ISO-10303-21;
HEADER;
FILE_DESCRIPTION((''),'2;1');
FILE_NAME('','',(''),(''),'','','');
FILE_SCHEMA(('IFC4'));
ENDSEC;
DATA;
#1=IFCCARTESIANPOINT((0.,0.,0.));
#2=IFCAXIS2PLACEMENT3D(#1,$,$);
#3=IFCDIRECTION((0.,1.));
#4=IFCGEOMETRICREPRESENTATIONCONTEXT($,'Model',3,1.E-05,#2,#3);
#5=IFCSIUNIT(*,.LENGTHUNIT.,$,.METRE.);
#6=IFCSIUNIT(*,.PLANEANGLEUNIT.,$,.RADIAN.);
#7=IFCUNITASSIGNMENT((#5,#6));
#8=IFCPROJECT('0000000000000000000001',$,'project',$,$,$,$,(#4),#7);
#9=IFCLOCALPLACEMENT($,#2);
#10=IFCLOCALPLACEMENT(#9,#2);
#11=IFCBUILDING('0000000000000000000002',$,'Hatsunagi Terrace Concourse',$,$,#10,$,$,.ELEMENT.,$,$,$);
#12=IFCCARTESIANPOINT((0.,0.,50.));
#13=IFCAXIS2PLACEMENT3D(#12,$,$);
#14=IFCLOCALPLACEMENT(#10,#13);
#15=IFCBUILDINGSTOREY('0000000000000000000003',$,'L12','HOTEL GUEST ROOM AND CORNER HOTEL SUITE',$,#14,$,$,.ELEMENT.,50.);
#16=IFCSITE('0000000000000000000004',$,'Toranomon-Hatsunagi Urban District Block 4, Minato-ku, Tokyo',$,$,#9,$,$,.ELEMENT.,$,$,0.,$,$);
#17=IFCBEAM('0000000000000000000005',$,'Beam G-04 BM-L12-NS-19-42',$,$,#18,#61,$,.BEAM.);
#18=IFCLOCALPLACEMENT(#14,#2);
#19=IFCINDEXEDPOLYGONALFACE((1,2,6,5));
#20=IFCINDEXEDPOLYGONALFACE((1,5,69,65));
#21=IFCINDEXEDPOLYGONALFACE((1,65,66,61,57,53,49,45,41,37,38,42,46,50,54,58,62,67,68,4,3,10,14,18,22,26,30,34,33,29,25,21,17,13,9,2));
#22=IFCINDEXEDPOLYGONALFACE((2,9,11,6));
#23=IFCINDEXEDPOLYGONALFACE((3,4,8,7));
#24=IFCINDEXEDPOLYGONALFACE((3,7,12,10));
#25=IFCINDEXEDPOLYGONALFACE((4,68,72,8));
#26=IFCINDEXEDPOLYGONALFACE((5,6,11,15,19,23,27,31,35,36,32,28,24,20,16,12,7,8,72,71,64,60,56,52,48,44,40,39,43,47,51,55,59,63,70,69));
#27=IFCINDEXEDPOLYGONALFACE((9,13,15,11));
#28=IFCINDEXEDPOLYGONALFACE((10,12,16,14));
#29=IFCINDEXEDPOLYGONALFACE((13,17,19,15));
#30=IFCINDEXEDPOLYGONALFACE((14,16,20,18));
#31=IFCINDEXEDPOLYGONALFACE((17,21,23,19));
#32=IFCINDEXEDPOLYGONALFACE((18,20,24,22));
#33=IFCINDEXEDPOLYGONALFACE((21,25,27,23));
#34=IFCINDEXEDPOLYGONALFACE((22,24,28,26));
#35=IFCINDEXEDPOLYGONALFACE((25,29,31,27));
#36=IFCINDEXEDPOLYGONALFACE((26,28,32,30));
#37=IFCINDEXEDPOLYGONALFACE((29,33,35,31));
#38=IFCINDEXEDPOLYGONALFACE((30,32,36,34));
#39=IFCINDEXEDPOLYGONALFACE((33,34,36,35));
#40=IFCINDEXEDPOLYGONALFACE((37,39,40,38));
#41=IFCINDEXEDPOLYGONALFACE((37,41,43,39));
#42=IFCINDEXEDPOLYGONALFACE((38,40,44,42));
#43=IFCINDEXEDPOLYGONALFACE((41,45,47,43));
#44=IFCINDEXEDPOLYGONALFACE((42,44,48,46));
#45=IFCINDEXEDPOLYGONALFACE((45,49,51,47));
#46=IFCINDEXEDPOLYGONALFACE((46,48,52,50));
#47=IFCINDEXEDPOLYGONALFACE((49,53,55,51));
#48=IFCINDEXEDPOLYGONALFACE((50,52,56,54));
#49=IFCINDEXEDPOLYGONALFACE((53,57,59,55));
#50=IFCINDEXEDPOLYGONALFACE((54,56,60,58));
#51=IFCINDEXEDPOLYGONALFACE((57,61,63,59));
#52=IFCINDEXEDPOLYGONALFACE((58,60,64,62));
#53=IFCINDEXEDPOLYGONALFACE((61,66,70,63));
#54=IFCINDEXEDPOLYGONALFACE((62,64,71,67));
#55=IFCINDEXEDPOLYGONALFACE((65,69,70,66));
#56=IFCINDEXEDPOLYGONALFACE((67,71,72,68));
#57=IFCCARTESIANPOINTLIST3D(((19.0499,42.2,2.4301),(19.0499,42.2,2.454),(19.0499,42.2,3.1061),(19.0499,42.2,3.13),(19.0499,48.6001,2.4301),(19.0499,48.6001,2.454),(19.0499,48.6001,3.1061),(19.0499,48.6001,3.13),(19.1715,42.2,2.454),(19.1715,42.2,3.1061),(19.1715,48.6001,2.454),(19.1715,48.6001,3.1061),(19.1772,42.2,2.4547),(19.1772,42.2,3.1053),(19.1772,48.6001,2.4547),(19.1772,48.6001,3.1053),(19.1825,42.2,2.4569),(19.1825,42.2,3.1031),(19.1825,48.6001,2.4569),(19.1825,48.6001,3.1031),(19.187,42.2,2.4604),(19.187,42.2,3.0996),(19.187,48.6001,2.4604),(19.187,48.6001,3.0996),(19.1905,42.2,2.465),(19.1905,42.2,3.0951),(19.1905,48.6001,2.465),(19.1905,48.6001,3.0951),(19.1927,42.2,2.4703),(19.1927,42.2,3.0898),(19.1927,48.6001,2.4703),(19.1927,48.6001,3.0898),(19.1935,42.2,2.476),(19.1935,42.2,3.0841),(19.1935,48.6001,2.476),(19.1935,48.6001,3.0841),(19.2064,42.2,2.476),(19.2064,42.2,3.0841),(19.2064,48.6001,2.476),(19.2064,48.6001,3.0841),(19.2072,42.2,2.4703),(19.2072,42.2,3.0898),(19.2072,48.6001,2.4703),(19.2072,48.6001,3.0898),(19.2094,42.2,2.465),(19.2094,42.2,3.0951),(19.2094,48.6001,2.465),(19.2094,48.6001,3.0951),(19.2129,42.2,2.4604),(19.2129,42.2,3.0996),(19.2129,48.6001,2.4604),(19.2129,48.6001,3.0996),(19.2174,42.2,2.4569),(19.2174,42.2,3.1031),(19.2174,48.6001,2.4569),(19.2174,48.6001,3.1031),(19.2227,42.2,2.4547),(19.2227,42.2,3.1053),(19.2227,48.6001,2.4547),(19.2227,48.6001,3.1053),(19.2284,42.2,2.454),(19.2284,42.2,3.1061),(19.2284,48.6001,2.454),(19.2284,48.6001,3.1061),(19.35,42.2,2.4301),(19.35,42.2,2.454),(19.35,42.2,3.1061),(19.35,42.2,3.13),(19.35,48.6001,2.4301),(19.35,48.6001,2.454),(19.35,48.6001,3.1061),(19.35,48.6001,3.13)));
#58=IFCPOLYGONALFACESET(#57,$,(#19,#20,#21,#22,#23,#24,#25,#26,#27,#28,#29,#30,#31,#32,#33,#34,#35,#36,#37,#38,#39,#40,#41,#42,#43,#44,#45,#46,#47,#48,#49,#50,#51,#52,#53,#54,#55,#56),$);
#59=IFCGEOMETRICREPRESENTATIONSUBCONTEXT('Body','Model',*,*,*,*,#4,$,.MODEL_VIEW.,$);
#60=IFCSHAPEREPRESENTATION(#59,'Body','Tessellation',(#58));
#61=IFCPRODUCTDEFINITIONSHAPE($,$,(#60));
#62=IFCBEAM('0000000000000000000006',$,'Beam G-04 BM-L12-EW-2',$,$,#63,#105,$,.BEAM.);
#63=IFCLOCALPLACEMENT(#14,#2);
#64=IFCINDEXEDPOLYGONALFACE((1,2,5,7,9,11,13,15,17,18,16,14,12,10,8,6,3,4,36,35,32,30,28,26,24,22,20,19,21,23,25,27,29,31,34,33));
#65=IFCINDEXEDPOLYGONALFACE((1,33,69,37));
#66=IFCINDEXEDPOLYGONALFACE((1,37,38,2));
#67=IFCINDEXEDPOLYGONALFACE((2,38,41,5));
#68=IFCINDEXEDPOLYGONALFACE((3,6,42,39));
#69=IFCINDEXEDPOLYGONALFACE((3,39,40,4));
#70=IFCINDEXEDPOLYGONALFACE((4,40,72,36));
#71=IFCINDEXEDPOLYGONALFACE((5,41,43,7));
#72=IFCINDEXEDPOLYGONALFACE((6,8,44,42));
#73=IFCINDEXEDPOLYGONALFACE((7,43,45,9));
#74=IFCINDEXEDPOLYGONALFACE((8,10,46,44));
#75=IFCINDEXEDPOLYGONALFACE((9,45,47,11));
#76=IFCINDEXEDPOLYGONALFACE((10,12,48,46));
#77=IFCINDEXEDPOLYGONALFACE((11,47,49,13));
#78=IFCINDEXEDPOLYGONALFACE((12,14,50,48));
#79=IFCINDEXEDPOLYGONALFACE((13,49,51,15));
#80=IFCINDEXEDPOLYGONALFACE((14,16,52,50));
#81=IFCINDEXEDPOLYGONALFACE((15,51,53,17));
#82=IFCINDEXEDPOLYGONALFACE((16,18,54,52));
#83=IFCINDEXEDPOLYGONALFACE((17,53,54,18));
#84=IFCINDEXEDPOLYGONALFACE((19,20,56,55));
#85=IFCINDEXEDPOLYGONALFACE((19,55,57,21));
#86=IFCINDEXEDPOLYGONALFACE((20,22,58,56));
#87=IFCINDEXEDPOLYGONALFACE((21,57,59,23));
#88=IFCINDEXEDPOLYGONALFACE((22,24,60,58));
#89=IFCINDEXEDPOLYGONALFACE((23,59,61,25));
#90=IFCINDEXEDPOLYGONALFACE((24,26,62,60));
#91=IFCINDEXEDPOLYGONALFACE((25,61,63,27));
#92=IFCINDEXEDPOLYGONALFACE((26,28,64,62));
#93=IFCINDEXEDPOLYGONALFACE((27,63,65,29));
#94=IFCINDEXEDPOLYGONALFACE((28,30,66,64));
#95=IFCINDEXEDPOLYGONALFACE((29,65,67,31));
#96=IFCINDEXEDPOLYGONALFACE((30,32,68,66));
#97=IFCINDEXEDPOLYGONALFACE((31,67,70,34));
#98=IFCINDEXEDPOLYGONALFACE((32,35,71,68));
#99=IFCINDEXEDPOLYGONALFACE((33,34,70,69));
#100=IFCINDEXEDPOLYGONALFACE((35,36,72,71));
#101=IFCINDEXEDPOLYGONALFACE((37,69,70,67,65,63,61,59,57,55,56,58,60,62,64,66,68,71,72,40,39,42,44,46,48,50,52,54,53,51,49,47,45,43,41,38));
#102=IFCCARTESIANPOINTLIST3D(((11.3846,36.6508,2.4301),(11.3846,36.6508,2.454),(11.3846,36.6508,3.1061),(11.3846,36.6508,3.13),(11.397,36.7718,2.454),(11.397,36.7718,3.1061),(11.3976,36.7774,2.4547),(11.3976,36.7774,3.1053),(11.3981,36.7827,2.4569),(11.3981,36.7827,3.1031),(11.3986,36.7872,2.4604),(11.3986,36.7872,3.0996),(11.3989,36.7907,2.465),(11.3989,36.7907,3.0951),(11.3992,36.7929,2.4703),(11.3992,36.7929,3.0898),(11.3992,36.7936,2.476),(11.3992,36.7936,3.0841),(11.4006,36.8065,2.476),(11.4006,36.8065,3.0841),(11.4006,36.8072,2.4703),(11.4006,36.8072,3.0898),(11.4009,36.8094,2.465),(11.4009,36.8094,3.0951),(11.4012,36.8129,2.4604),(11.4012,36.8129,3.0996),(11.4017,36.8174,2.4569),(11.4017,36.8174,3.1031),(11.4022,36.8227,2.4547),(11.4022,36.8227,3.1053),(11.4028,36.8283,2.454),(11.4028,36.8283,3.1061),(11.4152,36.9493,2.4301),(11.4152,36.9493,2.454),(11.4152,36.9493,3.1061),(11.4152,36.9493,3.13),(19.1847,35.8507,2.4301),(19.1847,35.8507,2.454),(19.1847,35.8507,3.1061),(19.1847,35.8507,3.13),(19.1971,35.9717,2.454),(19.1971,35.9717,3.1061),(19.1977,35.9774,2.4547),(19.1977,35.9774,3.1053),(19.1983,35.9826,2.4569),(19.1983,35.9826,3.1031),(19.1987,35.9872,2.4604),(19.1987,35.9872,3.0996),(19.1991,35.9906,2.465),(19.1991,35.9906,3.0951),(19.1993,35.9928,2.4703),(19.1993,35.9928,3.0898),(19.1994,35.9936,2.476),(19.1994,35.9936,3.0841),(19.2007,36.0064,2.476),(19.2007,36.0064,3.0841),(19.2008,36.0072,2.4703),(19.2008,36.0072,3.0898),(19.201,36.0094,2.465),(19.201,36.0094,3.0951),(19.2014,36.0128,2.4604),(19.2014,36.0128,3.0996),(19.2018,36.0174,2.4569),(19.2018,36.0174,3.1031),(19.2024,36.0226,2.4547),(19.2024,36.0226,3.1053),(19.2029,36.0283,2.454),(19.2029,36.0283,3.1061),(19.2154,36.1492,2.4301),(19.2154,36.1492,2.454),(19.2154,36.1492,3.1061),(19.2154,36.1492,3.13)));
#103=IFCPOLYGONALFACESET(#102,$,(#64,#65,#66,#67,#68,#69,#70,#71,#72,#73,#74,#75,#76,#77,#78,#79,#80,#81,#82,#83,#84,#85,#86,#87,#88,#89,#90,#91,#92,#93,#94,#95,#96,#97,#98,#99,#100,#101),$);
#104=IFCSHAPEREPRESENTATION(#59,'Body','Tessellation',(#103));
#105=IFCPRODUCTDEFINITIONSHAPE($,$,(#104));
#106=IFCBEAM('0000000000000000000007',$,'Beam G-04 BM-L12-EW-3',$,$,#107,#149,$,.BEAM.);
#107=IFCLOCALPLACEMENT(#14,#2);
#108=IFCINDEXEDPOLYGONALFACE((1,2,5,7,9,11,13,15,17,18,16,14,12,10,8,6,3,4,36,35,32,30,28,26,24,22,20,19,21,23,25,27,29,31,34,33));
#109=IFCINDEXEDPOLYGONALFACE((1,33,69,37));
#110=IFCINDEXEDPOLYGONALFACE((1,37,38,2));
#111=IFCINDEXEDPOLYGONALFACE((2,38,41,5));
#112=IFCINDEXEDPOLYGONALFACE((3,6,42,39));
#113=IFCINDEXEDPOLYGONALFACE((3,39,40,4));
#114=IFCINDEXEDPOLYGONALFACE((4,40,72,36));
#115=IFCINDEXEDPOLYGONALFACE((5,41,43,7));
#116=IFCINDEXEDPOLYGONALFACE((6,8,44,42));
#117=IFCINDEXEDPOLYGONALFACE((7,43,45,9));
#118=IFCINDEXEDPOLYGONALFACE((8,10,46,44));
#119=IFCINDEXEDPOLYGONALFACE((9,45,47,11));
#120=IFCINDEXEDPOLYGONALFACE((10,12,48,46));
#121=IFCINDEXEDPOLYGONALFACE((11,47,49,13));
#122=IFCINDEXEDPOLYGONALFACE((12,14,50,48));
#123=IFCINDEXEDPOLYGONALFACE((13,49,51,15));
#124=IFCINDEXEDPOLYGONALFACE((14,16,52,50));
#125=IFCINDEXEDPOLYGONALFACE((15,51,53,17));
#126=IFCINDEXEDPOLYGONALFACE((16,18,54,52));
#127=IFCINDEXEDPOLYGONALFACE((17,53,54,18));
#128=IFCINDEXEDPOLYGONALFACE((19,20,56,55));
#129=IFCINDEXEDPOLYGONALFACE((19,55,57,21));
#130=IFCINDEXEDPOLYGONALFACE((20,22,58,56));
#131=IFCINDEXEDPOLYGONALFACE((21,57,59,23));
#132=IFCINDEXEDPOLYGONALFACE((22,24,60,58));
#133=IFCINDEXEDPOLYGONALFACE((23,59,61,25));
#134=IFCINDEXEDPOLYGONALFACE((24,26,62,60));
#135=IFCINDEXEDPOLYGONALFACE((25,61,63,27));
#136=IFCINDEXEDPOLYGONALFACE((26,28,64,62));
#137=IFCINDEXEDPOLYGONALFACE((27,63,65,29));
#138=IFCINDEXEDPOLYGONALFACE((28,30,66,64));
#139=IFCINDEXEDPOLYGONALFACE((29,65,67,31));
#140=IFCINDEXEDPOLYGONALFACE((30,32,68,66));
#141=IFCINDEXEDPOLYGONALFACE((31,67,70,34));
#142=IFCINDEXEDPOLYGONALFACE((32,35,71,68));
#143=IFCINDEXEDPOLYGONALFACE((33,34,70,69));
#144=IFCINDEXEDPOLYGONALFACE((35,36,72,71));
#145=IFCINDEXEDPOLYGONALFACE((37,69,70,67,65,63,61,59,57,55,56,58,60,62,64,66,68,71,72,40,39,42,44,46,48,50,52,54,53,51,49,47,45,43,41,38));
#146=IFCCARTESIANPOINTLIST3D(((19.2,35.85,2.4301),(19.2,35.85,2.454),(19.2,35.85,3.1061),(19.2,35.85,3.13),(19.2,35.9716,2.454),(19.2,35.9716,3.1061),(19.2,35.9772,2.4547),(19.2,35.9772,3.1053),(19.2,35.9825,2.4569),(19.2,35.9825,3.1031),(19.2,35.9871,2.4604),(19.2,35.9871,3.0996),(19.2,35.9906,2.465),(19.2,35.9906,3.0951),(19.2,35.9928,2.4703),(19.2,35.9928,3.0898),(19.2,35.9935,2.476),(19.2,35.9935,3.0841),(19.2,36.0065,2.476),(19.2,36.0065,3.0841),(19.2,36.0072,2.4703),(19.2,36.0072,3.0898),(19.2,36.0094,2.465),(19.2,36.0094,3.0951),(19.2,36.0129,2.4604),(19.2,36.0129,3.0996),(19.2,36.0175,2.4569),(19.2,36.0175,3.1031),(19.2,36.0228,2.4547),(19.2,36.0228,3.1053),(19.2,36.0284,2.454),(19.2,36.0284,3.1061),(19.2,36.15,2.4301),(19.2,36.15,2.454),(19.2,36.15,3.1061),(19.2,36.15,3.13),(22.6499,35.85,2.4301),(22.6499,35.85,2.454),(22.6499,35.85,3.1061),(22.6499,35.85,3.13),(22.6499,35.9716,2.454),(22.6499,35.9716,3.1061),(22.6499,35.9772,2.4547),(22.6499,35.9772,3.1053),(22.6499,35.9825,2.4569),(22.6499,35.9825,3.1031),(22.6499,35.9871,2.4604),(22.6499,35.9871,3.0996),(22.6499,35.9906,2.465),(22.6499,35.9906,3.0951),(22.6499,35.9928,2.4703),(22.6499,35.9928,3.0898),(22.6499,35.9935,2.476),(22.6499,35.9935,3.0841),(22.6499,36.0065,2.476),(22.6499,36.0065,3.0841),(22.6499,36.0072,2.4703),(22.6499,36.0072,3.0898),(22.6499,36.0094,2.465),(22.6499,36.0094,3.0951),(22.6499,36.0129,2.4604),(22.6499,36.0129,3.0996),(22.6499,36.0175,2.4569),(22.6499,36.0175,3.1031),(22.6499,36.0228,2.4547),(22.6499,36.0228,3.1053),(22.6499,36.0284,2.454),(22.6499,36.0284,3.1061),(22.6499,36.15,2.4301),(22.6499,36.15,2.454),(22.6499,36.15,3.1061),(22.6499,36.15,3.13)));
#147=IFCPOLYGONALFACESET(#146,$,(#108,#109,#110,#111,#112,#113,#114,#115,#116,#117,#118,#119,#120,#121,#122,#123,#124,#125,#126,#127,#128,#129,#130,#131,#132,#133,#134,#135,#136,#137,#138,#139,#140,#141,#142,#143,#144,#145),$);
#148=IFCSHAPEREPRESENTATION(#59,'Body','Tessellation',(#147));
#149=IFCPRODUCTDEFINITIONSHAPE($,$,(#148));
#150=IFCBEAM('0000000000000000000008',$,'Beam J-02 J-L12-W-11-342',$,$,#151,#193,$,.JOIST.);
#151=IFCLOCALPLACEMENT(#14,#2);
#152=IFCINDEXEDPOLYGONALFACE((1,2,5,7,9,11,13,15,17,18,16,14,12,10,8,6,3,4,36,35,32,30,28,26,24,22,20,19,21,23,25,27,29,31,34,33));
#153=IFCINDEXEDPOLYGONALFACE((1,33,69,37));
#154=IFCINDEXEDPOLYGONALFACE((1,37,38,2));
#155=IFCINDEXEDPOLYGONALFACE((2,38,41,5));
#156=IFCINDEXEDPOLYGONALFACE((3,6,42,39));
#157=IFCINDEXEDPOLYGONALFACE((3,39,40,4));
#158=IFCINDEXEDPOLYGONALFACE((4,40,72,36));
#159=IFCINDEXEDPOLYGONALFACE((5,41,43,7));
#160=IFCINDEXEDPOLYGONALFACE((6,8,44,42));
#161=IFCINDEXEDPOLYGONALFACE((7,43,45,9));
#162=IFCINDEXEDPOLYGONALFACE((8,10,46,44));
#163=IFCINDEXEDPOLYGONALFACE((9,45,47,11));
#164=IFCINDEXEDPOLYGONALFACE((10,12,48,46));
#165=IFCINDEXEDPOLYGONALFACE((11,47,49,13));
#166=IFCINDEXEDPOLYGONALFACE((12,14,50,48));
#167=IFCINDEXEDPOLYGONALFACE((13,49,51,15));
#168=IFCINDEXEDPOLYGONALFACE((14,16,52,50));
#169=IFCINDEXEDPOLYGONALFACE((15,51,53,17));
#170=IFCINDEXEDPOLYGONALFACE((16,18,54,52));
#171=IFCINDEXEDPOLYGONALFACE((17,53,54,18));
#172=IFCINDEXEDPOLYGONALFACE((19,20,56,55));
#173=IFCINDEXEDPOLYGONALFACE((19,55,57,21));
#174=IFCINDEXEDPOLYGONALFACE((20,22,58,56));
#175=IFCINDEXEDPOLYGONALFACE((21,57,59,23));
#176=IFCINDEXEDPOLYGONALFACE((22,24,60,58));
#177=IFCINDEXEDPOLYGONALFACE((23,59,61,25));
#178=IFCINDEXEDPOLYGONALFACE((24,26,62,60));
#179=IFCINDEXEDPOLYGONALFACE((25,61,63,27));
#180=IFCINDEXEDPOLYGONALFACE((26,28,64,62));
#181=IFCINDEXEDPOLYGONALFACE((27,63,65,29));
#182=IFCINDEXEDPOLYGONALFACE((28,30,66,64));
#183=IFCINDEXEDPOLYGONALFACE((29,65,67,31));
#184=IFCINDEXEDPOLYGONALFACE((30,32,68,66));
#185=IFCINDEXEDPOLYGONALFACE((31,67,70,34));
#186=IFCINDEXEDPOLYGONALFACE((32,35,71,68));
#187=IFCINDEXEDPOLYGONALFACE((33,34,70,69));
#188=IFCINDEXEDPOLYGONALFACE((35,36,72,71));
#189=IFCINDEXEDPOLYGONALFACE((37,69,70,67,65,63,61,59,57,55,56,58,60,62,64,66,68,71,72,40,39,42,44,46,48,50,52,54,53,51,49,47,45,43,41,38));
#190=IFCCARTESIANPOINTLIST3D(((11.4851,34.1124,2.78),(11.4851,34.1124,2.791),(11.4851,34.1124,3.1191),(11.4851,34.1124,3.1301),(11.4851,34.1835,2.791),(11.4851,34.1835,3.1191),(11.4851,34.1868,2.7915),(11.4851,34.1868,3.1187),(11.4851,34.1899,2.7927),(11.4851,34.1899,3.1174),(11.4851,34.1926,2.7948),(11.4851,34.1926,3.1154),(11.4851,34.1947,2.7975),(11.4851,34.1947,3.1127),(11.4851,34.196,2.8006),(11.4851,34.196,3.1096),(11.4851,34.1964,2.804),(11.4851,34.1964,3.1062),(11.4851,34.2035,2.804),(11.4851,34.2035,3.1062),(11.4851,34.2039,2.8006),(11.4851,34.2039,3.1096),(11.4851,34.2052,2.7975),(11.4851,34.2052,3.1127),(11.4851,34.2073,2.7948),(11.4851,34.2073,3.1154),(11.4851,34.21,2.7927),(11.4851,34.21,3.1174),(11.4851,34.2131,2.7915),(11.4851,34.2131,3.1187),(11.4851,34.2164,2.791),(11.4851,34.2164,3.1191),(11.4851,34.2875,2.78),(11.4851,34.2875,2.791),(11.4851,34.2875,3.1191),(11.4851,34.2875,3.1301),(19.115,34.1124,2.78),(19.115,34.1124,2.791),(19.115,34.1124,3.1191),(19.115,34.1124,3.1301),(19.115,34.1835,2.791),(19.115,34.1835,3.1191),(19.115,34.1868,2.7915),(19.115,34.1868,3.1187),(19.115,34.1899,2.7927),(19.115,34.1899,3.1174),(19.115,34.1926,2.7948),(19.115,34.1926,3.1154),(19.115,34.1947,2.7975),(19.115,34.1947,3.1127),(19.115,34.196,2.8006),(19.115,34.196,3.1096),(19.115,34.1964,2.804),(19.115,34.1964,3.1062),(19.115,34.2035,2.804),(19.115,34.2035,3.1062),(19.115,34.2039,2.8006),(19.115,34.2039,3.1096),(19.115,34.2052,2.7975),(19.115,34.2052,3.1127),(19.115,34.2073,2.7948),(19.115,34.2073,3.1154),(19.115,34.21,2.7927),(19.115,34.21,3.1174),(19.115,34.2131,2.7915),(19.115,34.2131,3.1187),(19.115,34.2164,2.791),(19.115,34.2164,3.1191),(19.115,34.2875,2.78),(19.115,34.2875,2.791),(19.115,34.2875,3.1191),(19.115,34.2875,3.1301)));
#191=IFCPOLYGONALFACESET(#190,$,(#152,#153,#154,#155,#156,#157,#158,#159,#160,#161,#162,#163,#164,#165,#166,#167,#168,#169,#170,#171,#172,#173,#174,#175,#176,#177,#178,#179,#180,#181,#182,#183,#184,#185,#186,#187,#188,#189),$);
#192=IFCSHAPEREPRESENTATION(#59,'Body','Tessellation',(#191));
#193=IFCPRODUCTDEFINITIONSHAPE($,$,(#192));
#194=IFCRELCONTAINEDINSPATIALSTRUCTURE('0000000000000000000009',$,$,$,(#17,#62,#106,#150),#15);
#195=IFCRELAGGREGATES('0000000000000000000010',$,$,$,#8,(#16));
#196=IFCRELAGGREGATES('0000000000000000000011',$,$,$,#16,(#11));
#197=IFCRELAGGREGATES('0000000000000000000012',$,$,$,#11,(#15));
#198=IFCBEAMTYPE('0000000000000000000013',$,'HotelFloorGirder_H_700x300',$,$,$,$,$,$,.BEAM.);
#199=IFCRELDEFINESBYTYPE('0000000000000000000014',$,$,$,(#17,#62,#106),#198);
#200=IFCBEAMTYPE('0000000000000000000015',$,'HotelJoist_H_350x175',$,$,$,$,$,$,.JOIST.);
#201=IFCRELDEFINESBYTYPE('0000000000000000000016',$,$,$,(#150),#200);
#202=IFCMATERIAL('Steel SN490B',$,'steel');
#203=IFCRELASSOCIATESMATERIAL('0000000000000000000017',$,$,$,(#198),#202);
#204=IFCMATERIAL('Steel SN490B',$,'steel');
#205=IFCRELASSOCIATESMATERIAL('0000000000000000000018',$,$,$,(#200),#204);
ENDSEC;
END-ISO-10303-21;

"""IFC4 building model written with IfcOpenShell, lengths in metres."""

from ifc_helpers import new_model, si_unit, direction, frame, origin, origin_2d, place, context, subcontext, project, spatial, i_section, extrude, material, material_profile, profile_set, type_object, element, save


model = new_model("IFC4")

# Units and contexts
model_context = context("Model", 3, precision=1e-05, world=origin(), true_north=direction((0.0, 1.0)))
body_context = subcontext(model_context, "Body", "Model", "MODEL_VIEW")
ifc_project = project(units=[si_unit("LENGTHUNIT", "METRE"), si_unit("PLANEANGLEUNIT", "RADIAN")], contexts=[model_context])

# Site, building, storey
site_placement = place(None, origin())
site = spatial("IfcSite", under=ifc_project, at=site_placement, Name="Toranomon-Hatsunagi Urban District Block 4, Minato-ku, Tokyo", CompositionType="ELEMENT", RefElevation=0.0)
building_placement = place(site_placement, origin())
building = spatial("IfcBuilding", under=site, at=building_placement, Name="Hatsunagi Terrace Concourse", CompositionType="ELEMENT")
storey_placement = place(building_placement, frame((0.0, 0.0, 50.0)))
storey = spatial("IfcBuildingStorey", under=building, at=storey_placement, Name="L12", Description="HOTEL GUEST ROOM AND CORNER HOTEL SUITE", CompositionType="ELEMENT", Elevation=50.0)

# Beams
ifc_material_1 = material(Name="Steel SN490B", Category="steel")
ifc_material_profile_1 = material_profile(ifc_material_1, i_section(OverallWidth=0.3, OverallDepth=0.7, WebThickness=0.0129, FlangeThickness=0.0239, FilletRadius=0.022, at=origin_2d()), Name="H-700x300x13x24")
ifc_profile_set_1 = profile_set([ifc_material_profile_1], Name="Steel SN490B")
beam_type_1 = type_object("IfcBeamType", Name="HotelFloorGirder_H_700x300", PredefinedType="BEAM", material=ifc_profile_set_1)
beam_1_placement = place(storey_placement, frame((19.2, 42.2, 2.78), z_axis=(0.0, 1.0, 0.0), x_axis=(-1.0, 0.0, 0.0)))
element("IfcBeam", 1, at=beam_1_placement, inside=storey, type_object=beam_type_1, Name="Beam G-04 BM-L12-NS-19-42", PredefinedType="BEAM", context=body_context, shape_type="SweptSolid", body=[
    extrude(i_section(OverallWidth=0.3, OverallDepth=0.7, WebThickness=0.0129, FlangeThickness=0.0239, FilletRadius=0.022, at=origin_2d()), origin(), (0.0, 0.0, 1.0), 6.4001),
])
beam_2_placement = place(storey_placement, frame((11.3999, 36.8, 2.78), z_axis=(0.994781, -0.102034, 0.0), x_axis=(0.102034, 0.994781, 0.0)))
element("IfcBeam", 2, at=beam_2_placement, inside=storey, type_object=beam_type_1, Name="Beam G-04 BM-L12-EW-2", PredefinedType="BEAM", context=body_context, shape_type="SweptSolid", body=[
    extrude(i_section(OverallWidth=0.3, OverallDepth=0.7, WebThickness=0.0129, FlangeThickness=0.0239, FilletRadius=0.022, at=origin_2d()), origin(), (0.0, 0.0, 1.0), 7.8411),
])
beam_3_placement = place(storey_placement, frame((19.2, 36.0, 2.78), z_axis=(1.0, 0.0, 0.0), x_axis=(0.0, 1.0, 0.0)))
element("IfcBeam", 3, at=beam_3_placement, inside=storey, type_object=beam_type_1, Name="Beam G-04 BM-L12-EW-3", PredefinedType="BEAM", context=body_context, shape_type="SweptSolid", body=[
    extrude(i_section(OverallWidth=0.3, OverallDepth=0.7, WebThickness=0.0129, FlangeThickness=0.0239, FilletRadius=0.022, at=origin_2d()), origin(), (0.0, 0.0, 1.0), 3.45),
])
ifc_material_2 = material(Name="Steel SN490B", Category="steel")
ifc_material_profile_2 = material_profile(ifc_material_2, i_section(OverallWidth=0.175, OverallDepth=0.3501, WebThickness=0.0071, FlangeThickness=0.011, FilletRadius=0.0129, at=origin_2d()), Name="H-350x175x7x11")
ifc_profile_set_2 = profile_set([ifc_material_profile_2], Name="Steel SN490B")
beam_type_2 = type_object("IfcBeamType", Name="HotelJoist_H_350x175", PredefinedType="JOIST", material=ifc_profile_set_2)
for number, where, z_axis, x_axis, name in (
    (4, (11.4851, 34.2, 2.9551), (1.0, 0.0, 0.0), (0.0, 1.0, 0.0), "Beam J-02 J-L12-W-11-342"),
):
    element("IfcBeam", number, at=place(storey_placement, frame(where, z_axis=z_axis, x_axis=x_axis)), inside=storey, type_object=beam_type_2, Name=name, PredefinedType="JOIST", context=body_context, shape_type="SweptSolid", body=[
        extrude(i_section(OverallWidth=0.175, OverallDepth=0.3501, WebThickness=0.0071, FlangeThickness=0.011, FilletRadius=0.0129, at=origin_2d()), origin(), (0.0, 0.0, 1.0), 7.6299),
    ])

save(model, "model.ifc")
